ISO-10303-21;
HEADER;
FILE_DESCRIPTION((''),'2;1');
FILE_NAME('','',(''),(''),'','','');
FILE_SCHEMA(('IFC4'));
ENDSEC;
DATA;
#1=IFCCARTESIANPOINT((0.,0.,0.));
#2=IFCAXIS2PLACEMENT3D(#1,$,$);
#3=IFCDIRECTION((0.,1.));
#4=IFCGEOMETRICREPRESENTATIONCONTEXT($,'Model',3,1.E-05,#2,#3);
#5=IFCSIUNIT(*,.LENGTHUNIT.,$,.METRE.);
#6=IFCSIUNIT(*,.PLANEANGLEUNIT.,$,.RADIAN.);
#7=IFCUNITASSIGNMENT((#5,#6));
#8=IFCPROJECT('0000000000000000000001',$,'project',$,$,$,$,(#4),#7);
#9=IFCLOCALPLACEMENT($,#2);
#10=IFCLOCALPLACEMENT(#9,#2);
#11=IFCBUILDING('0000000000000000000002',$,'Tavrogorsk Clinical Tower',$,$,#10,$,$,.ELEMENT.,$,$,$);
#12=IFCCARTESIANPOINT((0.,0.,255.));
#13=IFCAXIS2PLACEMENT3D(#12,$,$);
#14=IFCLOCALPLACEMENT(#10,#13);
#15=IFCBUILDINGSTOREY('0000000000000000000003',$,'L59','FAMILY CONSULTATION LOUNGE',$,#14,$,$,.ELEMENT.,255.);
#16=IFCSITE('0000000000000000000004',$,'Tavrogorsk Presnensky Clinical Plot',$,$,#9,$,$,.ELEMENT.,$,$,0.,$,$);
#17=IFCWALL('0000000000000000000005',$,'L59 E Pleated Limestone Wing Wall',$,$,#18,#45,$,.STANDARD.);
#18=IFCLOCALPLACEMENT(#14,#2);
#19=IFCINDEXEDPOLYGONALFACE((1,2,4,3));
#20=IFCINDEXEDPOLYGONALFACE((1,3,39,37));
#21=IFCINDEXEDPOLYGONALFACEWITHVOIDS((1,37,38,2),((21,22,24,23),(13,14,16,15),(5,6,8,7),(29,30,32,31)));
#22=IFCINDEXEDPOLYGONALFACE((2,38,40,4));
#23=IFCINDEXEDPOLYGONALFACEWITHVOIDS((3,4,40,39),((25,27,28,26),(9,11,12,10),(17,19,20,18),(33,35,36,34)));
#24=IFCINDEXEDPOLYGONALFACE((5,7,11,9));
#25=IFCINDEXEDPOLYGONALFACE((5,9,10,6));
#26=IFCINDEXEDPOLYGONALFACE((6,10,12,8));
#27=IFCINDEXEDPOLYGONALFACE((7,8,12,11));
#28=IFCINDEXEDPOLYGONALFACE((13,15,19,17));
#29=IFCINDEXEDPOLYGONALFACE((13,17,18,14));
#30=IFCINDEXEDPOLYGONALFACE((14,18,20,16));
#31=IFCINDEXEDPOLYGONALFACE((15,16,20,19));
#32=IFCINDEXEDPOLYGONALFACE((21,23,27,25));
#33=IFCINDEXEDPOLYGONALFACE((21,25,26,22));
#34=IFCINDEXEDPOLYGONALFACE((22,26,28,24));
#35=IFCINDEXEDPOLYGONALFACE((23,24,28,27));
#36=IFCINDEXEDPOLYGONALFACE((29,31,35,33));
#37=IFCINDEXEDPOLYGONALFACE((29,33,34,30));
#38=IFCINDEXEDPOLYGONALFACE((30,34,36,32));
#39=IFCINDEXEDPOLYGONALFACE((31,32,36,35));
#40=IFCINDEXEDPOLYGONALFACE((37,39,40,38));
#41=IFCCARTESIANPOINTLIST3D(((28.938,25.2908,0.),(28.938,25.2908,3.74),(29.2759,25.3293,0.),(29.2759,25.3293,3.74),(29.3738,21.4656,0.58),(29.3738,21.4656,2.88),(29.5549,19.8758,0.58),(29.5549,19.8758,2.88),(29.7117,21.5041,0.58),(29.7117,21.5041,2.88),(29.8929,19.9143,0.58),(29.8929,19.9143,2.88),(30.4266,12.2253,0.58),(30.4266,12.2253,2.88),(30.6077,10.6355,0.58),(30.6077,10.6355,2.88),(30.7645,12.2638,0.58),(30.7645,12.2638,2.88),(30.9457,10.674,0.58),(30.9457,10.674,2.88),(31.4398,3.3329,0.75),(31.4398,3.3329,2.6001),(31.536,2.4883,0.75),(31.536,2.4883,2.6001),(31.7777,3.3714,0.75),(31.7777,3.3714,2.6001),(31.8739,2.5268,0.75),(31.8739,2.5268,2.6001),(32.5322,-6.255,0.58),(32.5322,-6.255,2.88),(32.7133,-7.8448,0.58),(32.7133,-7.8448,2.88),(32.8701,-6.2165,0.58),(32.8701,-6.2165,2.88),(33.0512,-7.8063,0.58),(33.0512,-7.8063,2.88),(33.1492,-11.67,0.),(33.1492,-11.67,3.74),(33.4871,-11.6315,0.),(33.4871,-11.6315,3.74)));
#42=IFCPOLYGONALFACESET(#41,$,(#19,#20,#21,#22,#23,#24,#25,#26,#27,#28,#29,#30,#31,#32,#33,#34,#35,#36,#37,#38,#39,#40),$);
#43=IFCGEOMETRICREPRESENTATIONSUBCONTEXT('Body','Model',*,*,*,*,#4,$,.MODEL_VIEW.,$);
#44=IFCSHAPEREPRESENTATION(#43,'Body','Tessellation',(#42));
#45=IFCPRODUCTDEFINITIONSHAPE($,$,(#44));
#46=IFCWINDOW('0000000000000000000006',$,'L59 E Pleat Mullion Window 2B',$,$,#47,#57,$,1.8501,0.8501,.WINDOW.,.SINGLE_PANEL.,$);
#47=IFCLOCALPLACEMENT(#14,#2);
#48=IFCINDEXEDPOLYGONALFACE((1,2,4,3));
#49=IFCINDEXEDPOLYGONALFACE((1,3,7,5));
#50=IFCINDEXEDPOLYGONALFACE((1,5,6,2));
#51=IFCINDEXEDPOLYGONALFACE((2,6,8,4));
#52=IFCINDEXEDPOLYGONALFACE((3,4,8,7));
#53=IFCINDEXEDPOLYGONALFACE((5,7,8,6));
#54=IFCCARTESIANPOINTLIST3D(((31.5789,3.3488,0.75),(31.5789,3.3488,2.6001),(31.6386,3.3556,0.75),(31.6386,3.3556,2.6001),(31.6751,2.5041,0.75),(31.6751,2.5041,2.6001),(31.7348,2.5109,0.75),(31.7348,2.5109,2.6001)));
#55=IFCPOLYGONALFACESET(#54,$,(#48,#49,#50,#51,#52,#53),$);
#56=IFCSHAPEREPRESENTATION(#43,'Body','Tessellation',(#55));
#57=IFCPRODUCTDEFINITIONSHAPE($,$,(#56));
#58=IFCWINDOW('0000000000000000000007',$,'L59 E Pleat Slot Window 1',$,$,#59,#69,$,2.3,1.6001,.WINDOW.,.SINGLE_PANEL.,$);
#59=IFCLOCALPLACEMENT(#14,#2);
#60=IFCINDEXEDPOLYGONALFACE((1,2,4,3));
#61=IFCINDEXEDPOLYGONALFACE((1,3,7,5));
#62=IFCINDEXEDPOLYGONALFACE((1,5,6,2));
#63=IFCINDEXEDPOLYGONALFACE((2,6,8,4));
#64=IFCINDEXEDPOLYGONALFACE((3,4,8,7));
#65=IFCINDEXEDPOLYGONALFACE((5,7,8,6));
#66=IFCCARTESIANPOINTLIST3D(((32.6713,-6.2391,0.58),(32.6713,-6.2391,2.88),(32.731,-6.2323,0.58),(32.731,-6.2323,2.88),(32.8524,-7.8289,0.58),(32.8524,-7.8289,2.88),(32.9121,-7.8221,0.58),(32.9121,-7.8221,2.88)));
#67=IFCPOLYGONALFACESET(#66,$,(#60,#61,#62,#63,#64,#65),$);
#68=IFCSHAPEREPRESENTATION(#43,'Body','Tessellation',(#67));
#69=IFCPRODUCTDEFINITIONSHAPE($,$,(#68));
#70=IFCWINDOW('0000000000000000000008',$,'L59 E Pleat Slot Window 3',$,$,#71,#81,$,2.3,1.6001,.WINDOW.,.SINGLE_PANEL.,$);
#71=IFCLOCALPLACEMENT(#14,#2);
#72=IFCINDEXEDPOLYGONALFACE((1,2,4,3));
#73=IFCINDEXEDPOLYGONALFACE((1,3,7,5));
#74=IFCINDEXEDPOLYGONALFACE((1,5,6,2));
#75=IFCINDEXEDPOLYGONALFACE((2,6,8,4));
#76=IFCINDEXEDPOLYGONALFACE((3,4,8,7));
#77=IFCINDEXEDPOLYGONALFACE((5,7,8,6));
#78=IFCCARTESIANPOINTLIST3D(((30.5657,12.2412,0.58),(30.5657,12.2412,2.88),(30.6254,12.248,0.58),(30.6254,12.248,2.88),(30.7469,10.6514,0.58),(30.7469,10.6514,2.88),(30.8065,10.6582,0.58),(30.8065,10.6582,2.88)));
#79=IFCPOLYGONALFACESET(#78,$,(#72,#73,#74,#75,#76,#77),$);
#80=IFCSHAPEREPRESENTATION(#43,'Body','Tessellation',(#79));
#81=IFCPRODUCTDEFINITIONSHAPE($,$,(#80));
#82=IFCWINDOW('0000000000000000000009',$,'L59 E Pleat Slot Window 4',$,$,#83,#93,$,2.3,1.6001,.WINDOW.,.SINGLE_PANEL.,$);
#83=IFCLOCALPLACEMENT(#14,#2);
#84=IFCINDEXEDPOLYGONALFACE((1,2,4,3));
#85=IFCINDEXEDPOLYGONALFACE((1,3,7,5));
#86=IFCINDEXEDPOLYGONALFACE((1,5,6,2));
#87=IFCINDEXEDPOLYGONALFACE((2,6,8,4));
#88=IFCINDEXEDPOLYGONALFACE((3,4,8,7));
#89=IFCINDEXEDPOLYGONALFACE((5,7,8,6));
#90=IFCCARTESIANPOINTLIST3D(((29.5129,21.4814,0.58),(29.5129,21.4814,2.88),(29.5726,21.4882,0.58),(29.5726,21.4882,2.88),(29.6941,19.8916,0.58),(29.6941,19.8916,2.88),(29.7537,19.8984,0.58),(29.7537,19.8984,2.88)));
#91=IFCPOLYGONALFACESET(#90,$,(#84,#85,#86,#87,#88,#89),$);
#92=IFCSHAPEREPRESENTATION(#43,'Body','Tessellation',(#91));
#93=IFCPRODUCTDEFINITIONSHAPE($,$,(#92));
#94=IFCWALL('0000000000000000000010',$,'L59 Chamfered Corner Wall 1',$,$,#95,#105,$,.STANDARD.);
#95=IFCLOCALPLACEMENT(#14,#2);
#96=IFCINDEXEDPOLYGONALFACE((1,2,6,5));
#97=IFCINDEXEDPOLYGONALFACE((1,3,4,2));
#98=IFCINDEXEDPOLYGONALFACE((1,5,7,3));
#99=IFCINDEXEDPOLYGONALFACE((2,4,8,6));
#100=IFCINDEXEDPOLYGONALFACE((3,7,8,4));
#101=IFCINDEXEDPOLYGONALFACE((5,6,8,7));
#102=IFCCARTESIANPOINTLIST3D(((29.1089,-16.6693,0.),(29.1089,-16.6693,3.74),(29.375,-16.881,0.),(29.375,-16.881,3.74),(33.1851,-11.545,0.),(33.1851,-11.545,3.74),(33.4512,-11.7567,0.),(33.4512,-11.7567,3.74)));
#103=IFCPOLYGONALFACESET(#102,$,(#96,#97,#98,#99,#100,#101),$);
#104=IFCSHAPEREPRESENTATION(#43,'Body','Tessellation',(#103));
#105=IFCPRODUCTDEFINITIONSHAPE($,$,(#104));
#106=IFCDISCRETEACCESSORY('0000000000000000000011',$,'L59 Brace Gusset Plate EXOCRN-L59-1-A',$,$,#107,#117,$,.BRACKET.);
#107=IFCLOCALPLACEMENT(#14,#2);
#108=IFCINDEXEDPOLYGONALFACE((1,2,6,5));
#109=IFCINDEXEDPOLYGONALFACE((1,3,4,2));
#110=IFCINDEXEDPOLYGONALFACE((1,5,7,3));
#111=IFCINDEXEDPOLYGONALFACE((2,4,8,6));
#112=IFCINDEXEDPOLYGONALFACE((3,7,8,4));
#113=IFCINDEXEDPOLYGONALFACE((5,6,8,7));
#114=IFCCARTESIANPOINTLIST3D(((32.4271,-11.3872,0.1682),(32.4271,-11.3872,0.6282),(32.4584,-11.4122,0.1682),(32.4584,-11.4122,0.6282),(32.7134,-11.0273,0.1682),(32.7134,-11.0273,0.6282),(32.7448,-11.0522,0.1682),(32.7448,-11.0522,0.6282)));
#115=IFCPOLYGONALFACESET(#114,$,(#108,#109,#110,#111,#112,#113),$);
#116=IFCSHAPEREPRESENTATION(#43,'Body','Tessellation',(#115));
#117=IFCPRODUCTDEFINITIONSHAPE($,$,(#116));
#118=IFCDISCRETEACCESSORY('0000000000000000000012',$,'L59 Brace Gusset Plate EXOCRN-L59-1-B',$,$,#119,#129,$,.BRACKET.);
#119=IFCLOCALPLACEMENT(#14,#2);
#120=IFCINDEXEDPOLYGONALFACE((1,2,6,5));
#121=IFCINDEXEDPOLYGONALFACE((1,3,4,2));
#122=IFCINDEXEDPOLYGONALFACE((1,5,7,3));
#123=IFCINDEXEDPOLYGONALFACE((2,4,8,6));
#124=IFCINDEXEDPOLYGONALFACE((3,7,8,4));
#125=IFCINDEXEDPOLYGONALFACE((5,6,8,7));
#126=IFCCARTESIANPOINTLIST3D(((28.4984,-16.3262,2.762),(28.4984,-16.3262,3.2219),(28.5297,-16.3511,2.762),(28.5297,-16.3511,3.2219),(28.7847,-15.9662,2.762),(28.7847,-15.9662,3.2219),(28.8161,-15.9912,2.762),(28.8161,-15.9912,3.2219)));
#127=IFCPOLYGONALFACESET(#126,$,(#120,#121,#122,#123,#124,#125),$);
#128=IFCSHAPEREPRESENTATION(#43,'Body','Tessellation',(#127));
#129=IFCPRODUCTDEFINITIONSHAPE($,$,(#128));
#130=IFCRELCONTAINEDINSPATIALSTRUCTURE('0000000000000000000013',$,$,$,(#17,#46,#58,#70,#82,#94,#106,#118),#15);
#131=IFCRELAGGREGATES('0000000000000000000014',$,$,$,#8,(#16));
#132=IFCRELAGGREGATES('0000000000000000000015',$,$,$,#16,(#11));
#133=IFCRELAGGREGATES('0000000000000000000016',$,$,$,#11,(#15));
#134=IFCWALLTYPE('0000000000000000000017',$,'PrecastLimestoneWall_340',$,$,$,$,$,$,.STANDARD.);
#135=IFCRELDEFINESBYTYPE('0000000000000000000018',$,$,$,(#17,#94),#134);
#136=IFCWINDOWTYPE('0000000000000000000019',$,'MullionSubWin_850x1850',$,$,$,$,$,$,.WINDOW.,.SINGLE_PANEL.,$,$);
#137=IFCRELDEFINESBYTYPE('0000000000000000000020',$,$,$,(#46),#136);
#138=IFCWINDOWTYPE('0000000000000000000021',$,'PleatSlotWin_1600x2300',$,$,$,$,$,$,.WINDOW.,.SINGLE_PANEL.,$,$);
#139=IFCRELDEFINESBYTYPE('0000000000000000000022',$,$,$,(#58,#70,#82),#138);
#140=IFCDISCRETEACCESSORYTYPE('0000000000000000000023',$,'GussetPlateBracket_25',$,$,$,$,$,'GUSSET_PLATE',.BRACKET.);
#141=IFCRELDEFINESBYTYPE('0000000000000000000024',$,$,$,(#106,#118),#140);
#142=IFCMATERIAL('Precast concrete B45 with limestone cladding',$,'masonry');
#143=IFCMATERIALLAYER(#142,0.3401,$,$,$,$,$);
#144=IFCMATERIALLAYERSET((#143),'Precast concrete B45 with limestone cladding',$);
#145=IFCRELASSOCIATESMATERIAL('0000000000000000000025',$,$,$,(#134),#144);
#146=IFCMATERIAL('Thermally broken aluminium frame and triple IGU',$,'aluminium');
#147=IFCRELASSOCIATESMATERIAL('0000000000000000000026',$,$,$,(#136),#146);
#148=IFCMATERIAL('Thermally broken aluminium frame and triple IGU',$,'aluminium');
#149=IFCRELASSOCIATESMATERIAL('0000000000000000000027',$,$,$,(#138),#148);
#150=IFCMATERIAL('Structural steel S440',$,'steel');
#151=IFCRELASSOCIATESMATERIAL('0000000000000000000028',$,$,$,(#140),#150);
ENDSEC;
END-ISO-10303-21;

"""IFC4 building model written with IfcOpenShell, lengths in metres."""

from ifc_helpers import new_model, si_unit, direction, frame, frame_2d, origin, origin_2d, place, context, subcontext, project, spatial, rectangle, extrude, material, layer, layer_set, type_object, element, fill, save


model = new_model("IFC4")

# Units and contexts
model_context = context("Model", 3, precision=1e-05, world=origin(), true_north=direction((0.0, 1.0)))
body_context = subcontext(model_context, "Body", "Model", "MODEL_VIEW")
ifc_project = project(units=[si_unit("LENGTHUNIT", "METRE"), si_unit("PLANEANGLEUNIT", "RADIAN")], contexts=[model_context])

# Site, building, storey
site_placement = place(None, origin())
site = spatial("IfcSite", under=ifc_project, at=site_placement, Name="Tavrogorsk Presnensky Clinical Plot", CompositionType="ELEMENT", RefElevation=0.0)
building_placement = place(site_placement, origin())
building = spatial("IfcBuilding", under=site, at=building_placement, Name="Tavrogorsk Clinical Tower", CompositionType="ELEMENT")
storey_placement = place(building_placement, frame((0.0, 0.0, 255.0)))
storey = spatial("IfcBuildingStorey", under=building, at=storey_placement, Name="L59", Description="FAMILY CONSULTATION LOUNGE", CompositionType="ELEMENT", Elevation=255.0)

# Wall, openings, windows
ifc_material_1 = material(Name="Precast concrete B45 with limestone cladding", Category="masonry")
ifc_layer_1 = layer(ifc_material_1, 0.3401)
ifc_layer_set_1 = layer_set([ifc_layer_1], Name="Precast concrete B45 with limestone cladding")
wall_type_1 = type_object("IfcWallType", Name="PrecastLimestoneWall_340", PredefinedType="STANDARD", material=ifc_layer_set_1)
wall_1_placement = place(storey_placement, frame((33.3181, -11.6509, 0.0), z_axis=(0.0, 0.0, 1.0), x_axis=(-0.113204, 0.993572, 0.0)))
wall_1 = element("IfcWall", 1, at=wall_1_placement, inside=storey, type_object=wall_type_1, Name="L59 E Pleated Limestone Wing Wall", PredefinedType="STANDARD", context=body_context, shape_type="SweptSolid", body=[
    extrude(rectangle(XDim=37.2, YDim=0.3401, at=frame_2d((18.6001, 0.0))), origin(), (0.0, 0.0, 1.0), 3.74),
])
opening_1_placement = place(wall_1_placement, frame((3.8501, 0.0, 0.5801)))
opening_1 = element("IfcOpeningElement", 2, at=opening_1_placement, cuts=wall_1, PredefinedType="OPENING", context=body_context, shape_type="SweptSolid", body=[
    extrude(rectangle(XDim=1.6001, YDim=2.3, at=frame_2d((0.8, 1.1499))), frame((0.0, 0.1799, 0.0), z_axis=(0.0, -1.0, 0.0), x_axis=(1.0, 0.0, 0.0)), (0.0, 0.0, 1.0), 0.3601),
])
opening_2_placement = place(wall_1_placement, frame((14.25, 0.0, 0.75)))
opening_2 = element("IfcOpeningElement", 3, at=opening_2_placement, cuts=wall_1, PredefinedType="OPENING", context=body_context, shape_type="SweptSolid", body=[
    extrude(rectangle(XDim=0.8501, YDim=1.8501, at=frame_2d((0.425, 0.925))), frame((0.0, 0.1799, 0.0), z_axis=(0.0, -1.0, 0.0), x_axis=(1.0, 0.0, 0.0)), (0.0, 0.0, 1.0), 0.3601),
])
opening_3_placement = place(wall_1_placement, frame((22.45, 0.0, 0.5801)))
opening_3 = element("IfcOpeningElement", 4, at=opening_3_placement, cuts=wall_1, PredefinedType="OPENING", context=body_context, shape_type="SweptSolid", body=[
    extrude(rectangle(XDim=1.6001, YDim=2.3, at=frame_2d((0.8, 1.1499))), frame((0.0, 0.1799, 0.0), z_axis=(0.0, -1.0, 0.0), x_axis=(1.0, 0.0, 0.0)), (0.0, 0.0, 1.0), 0.3601),
])
opening_4_placement = place(wall_1_placement, frame((31.75, 0.0, 0.5801)))
opening_4 = element("IfcOpeningElement", 5, at=opening_4_placement, cuts=wall_1, PredefinedType="OPENING", context=body_context, shape_type="SweptSolid", body=[
    extrude(rectangle(XDim=1.6001, YDim=2.3, at=frame_2d((0.8, 1.1499))), frame((0.0, 0.1799, 0.0), z_axis=(0.0, -1.0, 0.0), x_axis=(1.0, 0.0, 0.0)), (0.0, 0.0, 1.0), 0.3601),
])
ifc_material_2 = material(Name="Thermally broken aluminium frame and triple IGU", Category="aluminium")
window_type_1 = type_object("IfcWindowType", Name="MullionSubWin_850x1850", PartitioningType="SINGLE_PANEL", PredefinedType="WINDOW", material=ifc_material_2)
window_1_placement = place(opening_2_placement, origin())
window_1 = element("IfcWindow", 6, at=window_1_placement, inside=storey, type_object=window_type_1, Name="L59 E Pleat Mullion Window 2B", OverallHeight=1.8501, OverallWidth=0.8501, PartitioningType="SINGLE_PANEL", PredefinedType="WINDOW", context=body_context, shape_type="SweptSolid", body=[
    extrude(rectangle(XDim=0.8501, YDim=1.8501, at=frame_2d((0.425, 0.925))), frame((0.0, 0.03, 0.0), z_axis=(0.0, -1.0, 0.0), x_axis=(1.0, 0.0, 0.0)), (0.0, 0.0, 1.0), 0.0601),
])
fill(opening_2, window_1)
ifc_material_3 = material(Name="Thermally broken aluminium frame and triple IGU", Category="aluminium")
window_type_2 = type_object("IfcWindowType", Name="PleatSlotWin_1600x2300", PartitioningType="SINGLE_PANEL", PredefinedType="WINDOW", material=ifc_material_3)
window_2_placement = place(opening_1_placement, origin())
window_2 = element("IfcWindow", 7, at=window_2_placement, inside=storey, type_object=window_type_2, Name="L59 E Pleat Slot Window 1", OverallHeight=2.3, OverallWidth=1.6001, PartitioningType="SINGLE_PANEL", PredefinedType="WINDOW", context=body_context, shape_type="SweptSolid", body=[
    extrude(rectangle(XDim=1.6001, YDim=2.3, at=frame_2d((0.8, 1.1499))), frame((0.0, 0.03, 0.0), z_axis=(0.0, -1.0, 0.0), x_axis=(1.0, 0.0, 0.0)), (0.0, 0.0, 1.0), 0.0601),
])
fill(opening_1, window_2)
window_3_placement = place(opening_3_placement, origin())
window_3 = element("IfcWindow", 8, at=window_3_placement, inside=storey, type_object=window_type_2, Name="L59 E Pleat Slot Window 3", OverallHeight=2.3, OverallWidth=1.6001, PartitioningType="SINGLE_PANEL", PredefinedType="WINDOW", context=body_context, shape_type="SweptSolid", body=[
    extrude(rectangle(XDim=1.6001, YDim=2.3, at=frame_2d((0.8, 1.1499))), frame((0.0, 0.03, 0.0), z_axis=(0.0, -1.0, 0.0), x_axis=(1.0, 0.0, 0.0)), (0.0, 0.0, 1.0), 0.0601),
])
fill(opening_3, window_3)
window_4_placement = place(opening_4_placement, origin())
window_4 = element("IfcWindow", 9, at=window_4_placement, inside=storey, type_object=window_type_2, Name="L59 E Pleat Slot Window 4", OverallHeight=2.3, OverallWidth=1.6001, PartitioningType="SINGLE_PANEL", PredefinedType="WINDOW", context=body_context, shape_type="SweptSolid", body=[
    extrude(rectangle(XDim=1.6001, YDim=2.3, at=frame_2d((0.8, 1.1499))), frame((0.0, 0.03, 0.0), z_axis=(0.0, -1.0, 0.0), x_axis=(1.0, 0.0, 0.0)), (0.0, 0.0, 1.0), 0.0601),
])
fill(opening_4, window_4)

# Wall
wall_2_placement = place(storey_placement, frame((29.2419, -16.7751, 0.0), z_axis=(0.0, 0.0, 1.0), x_axis=(0.622528, 0.782597, 0.0)))
element("IfcWall", 10, at=wall_2_placement, inside=storey, type_object=wall_type_1, Name="L59 Chamfered Corner Wall 1", PredefinedType="STANDARD", context=body_context, shape_type="SweptSolid", body=[
    extrude(rectangle(XDim=6.5479, YDim=0.3401, at=frame_2d((3.2739, 0.0))), origin(), (0.0, 0.0, 1.0), 3.74),
])

# Discrete accessories
ifc_material_4 = material(Name="Structural steel S440", Category="steel")
discrete_accessory_type = type_object("IfcDiscreteAccessoryType", Name="GussetPlateBracket_25", ElementType="GUSSET_PLATE", PredefinedType="BRACKET", material=ifc_material_4)
for number, where, z_axis, x_axis, name in (
    (11, (32.5859, -11.2197, 0.1682), (0.0, 0.0, 1.0), (-0.622515, -0.782608, 0.0), "L59 Brace Gusset Plate EXOCRN-L59-1-A"),
    (12, (28.6572, -16.1587, 2.762), (0.0, 0.0, 1.0), (-0.622515, -0.782608, 0.0), "L59 Brace Gusset Plate EXOCRN-L59-1-B"),
):
    element("IfcDiscreteAccessory", number, at=place(storey_placement, frame(where, z_axis=z_axis, x_axis=x_axis)), inside=storey, type_object=discrete_accessory_type, Name=name, PredefinedType="BRACKET", context=body_context, shape_type="SweptSolid", body=[
        extrude(rectangle(XDim=0.46, YDim=0.04, at=origin_2d()), origin(), (0.0, 0.0, 1.0), 0.46),
    ])

save(model, "model.ifc")
